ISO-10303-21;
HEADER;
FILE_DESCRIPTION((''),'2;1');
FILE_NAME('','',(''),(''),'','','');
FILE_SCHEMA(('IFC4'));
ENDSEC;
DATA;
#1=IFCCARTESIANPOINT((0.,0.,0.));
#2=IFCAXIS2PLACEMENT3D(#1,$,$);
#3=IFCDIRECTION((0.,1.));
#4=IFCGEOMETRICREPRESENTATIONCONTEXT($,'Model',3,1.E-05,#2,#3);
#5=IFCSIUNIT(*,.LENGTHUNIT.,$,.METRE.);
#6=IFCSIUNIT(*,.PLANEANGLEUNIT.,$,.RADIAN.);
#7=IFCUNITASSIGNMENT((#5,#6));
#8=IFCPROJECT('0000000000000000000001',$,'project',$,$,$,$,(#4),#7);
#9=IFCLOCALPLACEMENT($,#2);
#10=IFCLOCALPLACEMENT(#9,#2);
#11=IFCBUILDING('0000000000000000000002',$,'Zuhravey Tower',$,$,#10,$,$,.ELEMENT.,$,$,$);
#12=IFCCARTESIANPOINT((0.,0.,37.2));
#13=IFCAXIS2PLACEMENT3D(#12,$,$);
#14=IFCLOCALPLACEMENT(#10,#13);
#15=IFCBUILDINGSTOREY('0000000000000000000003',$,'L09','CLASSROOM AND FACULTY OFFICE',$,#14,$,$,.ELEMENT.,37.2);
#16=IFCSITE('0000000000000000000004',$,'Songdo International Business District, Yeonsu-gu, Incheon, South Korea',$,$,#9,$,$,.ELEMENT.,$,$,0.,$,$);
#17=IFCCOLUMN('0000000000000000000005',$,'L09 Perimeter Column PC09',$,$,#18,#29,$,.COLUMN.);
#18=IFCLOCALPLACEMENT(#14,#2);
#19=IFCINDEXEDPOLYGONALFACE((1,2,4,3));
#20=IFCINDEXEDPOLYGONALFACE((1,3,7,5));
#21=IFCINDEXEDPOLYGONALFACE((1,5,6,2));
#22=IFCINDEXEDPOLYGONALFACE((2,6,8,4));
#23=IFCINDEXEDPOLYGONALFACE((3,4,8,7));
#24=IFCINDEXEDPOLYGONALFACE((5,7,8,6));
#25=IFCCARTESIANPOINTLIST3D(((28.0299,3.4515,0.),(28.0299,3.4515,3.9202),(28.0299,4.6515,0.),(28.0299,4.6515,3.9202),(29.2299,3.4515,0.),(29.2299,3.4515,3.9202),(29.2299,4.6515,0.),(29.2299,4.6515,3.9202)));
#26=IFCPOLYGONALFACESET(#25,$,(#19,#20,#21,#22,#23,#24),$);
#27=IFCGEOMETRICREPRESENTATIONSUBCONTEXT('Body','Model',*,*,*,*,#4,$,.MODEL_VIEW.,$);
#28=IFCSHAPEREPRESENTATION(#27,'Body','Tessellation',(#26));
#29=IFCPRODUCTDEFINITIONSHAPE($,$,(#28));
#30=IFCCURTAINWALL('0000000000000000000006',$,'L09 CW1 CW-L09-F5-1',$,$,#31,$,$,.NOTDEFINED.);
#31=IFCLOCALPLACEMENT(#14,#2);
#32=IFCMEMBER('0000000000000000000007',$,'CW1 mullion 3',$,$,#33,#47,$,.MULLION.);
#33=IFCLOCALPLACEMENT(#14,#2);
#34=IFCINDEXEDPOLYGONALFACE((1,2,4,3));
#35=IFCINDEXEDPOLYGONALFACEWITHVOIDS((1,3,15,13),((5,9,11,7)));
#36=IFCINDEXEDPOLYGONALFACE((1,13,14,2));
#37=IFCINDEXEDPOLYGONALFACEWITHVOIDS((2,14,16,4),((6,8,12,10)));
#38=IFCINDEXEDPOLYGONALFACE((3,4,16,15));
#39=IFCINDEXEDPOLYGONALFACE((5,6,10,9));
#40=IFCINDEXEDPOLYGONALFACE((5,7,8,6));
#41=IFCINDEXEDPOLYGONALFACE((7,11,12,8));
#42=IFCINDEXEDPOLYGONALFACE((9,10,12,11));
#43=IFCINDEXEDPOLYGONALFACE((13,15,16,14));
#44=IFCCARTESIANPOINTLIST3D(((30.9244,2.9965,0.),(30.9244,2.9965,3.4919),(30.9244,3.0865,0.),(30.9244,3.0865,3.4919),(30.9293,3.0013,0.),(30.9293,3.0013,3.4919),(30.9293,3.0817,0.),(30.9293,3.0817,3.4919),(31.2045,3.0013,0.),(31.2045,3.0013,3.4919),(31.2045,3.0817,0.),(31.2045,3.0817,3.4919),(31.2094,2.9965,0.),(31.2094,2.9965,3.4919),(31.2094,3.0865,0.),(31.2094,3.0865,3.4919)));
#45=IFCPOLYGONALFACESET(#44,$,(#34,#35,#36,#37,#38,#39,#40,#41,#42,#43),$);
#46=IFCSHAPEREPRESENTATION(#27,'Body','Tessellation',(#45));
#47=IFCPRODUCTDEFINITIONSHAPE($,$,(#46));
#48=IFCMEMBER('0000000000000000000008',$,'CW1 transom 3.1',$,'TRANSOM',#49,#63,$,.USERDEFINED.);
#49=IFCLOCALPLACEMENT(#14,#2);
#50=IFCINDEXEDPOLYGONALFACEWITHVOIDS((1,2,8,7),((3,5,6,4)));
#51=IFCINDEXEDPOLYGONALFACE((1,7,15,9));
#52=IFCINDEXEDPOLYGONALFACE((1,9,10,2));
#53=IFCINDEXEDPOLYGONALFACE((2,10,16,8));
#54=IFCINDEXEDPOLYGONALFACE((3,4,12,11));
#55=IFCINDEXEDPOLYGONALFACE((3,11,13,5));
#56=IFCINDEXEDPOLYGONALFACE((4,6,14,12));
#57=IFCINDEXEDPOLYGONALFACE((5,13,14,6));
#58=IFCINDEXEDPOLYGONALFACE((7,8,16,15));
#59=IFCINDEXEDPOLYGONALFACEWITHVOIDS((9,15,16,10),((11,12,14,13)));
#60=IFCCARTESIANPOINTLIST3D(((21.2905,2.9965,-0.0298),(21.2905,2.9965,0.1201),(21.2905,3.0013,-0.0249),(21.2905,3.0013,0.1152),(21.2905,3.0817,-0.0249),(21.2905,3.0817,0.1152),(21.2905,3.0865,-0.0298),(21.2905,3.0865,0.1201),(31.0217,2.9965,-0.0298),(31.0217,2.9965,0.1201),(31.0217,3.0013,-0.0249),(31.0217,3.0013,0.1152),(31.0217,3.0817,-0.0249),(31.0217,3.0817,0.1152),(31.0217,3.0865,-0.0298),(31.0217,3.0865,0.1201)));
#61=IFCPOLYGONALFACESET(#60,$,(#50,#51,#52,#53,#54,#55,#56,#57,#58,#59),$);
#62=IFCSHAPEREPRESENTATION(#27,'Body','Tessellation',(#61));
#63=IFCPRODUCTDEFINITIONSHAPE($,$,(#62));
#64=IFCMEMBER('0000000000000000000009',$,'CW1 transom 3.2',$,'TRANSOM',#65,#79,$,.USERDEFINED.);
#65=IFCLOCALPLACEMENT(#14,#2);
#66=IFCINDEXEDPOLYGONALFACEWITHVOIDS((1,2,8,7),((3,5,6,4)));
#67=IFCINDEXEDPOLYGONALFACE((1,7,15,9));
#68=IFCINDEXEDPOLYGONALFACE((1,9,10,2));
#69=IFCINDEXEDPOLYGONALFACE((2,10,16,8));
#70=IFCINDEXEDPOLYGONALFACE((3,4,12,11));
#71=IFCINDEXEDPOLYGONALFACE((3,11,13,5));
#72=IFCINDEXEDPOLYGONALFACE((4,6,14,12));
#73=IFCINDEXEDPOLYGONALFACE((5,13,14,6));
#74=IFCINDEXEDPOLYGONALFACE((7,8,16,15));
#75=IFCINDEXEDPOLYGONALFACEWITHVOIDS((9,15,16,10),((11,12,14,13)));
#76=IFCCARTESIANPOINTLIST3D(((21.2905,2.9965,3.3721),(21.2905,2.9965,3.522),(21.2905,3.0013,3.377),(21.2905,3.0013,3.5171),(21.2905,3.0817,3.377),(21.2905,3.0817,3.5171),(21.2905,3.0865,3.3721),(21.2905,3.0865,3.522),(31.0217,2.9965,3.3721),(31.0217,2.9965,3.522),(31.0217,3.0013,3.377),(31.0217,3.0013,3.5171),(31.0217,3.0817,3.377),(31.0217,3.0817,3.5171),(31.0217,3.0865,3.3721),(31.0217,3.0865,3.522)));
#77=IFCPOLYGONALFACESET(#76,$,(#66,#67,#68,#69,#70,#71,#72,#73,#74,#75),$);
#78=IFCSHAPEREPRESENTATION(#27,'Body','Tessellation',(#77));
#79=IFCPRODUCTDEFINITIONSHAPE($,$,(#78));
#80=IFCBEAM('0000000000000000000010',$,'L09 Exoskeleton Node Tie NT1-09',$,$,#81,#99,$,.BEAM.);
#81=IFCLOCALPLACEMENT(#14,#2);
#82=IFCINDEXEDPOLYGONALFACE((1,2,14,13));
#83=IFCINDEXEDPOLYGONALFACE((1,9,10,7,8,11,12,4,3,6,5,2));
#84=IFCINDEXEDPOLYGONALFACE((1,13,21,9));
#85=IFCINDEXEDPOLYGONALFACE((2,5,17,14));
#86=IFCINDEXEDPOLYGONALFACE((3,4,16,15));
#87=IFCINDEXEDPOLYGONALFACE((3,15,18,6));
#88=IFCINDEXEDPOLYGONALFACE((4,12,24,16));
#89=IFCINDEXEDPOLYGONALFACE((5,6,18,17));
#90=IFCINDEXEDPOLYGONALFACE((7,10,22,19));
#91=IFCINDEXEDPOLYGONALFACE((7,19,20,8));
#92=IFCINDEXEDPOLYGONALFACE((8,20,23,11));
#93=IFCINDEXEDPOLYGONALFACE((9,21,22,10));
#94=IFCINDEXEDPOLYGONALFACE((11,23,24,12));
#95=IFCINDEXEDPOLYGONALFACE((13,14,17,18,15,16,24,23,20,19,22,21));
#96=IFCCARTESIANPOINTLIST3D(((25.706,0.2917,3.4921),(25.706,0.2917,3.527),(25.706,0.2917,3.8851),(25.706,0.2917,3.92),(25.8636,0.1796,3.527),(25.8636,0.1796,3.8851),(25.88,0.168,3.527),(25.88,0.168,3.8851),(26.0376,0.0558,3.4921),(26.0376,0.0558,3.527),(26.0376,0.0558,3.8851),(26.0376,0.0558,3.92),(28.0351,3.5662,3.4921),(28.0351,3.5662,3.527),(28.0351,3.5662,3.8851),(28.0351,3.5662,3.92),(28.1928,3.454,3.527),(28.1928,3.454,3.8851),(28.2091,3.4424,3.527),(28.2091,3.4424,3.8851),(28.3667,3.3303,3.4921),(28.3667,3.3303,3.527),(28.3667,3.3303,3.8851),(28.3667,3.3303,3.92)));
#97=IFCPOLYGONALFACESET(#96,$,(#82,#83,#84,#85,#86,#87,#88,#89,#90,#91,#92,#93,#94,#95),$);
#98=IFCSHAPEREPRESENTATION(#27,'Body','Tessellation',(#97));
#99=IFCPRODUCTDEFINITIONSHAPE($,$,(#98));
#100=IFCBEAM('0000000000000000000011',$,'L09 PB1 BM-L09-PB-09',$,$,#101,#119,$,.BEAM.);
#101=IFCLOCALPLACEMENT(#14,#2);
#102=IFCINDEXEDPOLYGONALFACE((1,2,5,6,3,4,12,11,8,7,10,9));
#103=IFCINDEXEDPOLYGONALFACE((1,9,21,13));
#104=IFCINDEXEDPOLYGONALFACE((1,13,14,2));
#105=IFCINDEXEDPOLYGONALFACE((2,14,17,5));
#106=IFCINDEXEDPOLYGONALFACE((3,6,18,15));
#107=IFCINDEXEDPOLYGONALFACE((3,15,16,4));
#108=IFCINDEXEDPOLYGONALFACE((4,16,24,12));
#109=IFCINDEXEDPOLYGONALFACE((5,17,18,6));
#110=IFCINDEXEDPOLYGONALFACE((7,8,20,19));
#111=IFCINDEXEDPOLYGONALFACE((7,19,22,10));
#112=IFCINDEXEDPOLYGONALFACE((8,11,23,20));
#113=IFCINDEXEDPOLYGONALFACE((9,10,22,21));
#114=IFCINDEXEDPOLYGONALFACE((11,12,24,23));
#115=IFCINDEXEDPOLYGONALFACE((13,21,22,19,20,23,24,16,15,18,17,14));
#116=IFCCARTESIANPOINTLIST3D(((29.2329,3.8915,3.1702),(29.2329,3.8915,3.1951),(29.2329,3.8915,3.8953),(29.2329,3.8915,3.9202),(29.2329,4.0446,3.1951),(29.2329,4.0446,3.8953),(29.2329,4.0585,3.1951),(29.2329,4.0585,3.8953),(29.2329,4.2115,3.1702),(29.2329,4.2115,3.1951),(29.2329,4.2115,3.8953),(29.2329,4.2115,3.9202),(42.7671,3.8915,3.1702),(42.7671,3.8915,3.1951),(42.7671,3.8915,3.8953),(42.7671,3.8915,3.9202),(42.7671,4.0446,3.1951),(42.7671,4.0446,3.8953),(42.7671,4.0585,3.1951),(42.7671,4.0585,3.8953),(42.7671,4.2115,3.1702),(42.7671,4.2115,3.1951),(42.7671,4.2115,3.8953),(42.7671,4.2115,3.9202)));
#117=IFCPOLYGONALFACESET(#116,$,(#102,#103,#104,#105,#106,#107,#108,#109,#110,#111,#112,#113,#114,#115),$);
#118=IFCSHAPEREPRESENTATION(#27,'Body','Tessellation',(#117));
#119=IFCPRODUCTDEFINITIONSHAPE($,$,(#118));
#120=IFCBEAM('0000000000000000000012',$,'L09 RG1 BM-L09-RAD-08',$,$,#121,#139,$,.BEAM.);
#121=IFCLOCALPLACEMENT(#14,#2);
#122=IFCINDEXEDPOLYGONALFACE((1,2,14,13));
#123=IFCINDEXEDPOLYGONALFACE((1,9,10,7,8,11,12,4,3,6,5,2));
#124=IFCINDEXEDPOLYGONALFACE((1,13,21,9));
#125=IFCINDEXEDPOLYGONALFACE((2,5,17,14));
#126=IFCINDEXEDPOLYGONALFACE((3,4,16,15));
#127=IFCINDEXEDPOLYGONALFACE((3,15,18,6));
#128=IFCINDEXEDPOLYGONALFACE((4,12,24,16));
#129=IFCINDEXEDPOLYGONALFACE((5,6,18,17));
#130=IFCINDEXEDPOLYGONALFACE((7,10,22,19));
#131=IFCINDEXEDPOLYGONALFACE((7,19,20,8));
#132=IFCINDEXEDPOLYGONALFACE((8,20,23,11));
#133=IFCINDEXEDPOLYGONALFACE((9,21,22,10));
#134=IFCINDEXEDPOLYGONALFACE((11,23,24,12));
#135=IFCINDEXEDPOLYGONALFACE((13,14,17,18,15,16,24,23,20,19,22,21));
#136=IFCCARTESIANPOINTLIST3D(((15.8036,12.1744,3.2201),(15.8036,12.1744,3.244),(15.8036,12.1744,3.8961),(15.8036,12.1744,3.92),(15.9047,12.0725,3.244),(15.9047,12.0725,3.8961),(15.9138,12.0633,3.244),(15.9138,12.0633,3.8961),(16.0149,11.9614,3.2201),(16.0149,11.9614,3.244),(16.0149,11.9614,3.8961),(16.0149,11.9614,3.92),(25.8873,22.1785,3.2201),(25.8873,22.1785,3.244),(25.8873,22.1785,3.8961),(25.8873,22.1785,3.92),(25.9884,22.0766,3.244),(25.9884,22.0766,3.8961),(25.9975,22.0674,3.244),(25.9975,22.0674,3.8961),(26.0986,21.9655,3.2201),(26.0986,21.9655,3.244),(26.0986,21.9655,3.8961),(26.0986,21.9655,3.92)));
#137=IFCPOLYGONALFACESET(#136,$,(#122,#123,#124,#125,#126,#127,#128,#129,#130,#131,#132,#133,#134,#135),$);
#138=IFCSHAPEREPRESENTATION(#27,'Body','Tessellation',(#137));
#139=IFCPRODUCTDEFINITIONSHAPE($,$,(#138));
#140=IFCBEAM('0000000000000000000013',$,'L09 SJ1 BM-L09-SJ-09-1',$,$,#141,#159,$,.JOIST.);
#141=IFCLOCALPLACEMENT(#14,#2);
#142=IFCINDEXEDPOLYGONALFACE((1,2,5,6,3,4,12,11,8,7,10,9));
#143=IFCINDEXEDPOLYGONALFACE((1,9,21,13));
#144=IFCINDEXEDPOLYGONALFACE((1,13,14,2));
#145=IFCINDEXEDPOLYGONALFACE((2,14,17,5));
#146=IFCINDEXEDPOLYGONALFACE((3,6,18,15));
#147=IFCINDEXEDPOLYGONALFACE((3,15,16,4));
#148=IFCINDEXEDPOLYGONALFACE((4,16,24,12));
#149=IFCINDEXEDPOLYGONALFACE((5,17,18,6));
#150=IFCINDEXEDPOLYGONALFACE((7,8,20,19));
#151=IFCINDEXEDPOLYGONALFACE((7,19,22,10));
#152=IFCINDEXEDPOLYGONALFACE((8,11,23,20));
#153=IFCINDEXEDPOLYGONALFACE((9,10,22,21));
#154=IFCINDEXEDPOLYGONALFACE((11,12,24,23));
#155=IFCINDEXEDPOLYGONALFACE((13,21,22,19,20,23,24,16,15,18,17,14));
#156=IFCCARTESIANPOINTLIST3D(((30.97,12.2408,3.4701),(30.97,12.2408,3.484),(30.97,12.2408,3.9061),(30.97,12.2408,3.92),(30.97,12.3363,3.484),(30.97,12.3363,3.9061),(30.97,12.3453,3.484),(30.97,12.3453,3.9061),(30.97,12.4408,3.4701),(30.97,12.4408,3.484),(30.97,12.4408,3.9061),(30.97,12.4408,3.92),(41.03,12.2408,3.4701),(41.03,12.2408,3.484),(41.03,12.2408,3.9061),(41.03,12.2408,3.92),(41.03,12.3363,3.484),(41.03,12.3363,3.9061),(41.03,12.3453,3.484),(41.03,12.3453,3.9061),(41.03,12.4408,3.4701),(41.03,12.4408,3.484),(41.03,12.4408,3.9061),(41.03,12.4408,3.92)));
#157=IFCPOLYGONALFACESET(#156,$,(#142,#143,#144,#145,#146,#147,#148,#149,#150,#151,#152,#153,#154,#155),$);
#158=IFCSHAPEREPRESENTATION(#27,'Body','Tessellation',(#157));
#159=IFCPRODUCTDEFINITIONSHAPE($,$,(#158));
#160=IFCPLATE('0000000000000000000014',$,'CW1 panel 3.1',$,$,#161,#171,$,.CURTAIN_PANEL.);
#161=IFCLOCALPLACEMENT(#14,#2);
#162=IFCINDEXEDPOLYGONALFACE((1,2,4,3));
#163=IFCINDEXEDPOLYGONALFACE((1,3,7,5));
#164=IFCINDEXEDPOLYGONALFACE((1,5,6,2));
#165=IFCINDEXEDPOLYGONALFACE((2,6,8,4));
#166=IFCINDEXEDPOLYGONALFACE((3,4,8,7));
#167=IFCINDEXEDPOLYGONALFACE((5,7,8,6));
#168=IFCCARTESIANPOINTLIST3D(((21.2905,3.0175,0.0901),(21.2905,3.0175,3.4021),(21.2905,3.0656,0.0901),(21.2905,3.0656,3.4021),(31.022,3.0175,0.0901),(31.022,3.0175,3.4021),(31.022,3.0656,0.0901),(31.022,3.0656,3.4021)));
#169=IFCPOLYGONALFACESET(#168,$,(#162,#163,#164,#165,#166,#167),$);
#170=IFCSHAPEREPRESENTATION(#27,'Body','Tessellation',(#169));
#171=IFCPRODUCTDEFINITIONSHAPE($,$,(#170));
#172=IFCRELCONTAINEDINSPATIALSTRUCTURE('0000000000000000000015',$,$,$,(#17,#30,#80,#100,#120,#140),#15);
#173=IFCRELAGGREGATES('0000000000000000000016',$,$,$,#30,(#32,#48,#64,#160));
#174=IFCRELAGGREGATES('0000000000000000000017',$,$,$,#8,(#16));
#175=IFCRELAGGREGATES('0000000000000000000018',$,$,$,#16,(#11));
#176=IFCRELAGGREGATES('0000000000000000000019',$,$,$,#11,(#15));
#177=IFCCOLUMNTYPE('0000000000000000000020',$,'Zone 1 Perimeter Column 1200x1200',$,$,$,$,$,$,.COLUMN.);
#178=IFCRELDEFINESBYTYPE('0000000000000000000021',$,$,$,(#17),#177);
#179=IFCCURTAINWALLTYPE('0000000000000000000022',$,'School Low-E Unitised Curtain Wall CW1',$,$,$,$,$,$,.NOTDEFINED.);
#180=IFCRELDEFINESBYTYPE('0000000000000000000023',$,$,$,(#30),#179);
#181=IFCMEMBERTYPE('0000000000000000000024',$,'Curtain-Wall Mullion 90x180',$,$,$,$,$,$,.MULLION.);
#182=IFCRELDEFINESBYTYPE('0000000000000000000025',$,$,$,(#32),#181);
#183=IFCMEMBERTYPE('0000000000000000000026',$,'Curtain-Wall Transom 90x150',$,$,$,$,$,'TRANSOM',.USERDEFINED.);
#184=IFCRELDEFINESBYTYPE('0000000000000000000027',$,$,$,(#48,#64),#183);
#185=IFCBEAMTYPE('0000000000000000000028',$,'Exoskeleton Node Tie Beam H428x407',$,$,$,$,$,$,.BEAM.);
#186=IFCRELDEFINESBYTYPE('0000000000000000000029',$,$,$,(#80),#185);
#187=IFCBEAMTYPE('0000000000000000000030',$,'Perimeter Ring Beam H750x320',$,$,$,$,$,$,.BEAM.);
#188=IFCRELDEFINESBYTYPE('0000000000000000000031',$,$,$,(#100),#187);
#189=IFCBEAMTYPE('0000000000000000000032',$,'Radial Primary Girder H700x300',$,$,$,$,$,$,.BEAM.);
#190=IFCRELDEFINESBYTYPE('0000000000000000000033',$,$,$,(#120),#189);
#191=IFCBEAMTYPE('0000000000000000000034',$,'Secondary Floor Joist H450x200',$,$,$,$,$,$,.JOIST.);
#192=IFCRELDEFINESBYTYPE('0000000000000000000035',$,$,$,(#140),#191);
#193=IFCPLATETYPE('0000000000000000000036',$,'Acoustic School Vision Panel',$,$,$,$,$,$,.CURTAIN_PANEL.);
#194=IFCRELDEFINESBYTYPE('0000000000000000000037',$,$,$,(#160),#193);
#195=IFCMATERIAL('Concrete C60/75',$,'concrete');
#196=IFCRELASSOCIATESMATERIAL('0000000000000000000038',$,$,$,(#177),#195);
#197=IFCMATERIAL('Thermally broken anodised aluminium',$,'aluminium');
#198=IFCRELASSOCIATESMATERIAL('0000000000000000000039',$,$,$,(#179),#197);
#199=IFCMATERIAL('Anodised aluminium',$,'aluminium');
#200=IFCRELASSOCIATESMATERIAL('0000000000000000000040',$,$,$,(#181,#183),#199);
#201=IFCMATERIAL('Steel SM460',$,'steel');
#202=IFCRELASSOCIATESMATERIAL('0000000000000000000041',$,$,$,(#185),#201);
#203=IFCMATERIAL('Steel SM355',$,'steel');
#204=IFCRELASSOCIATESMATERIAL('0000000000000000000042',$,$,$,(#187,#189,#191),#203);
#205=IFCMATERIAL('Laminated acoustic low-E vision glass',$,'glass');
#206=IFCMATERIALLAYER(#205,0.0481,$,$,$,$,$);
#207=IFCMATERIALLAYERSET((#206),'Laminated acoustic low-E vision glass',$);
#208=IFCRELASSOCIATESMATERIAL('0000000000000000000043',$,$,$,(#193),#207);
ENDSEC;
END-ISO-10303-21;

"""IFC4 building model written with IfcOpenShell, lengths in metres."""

from ifc_helpers import new_model, si_unit, direction, frame, origin, origin_2d, place, context, subcontext, project, spatial, rectangle, hollow_rectangle, i_section, extrude, material, layer, layer_set, material_profile, profile_set, type_object, element, aggregate, save


model = new_model("IFC4")

# Units and contexts
model_context = context("Model", 3, precision=1e-05, world=origin(), true_north=direction((0.0, 1.0)))
body_context = subcontext(model_context, "Body", "Model", "MODEL_VIEW")
ifc_project = project(units=[si_unit("LENGTHUNIT", "METRE"), si_unit("PLANEANGLEUNIT", "RADIAN")], contexts=[model_context])

# Site, building, storey
site_placement = place(None, origin())
site = spatial("IfcSite", under=ifc_project, at=site_placement, Name="Songdo International Business District, Yeonsu-gu, Incheon, South Korea", CompositionType="ELEMENT", RefElevation=0.0)
building_placement = place(site_placement, origin())
building = spatial("IfcBuilding", under=site, at=building_placement, Name="Zuhravey Tower", CompositionType="ELEMENT")
storey_placement = place(building_placement, frame((0.0, 0.0, 37.2)))
storey = spatial("IfcBuildingStorey", under=building, at=storey_placement, Name="L09", Description="CLASSROOM AND FACULTY OFFICE", CompositionType="ELEMENT", Elevation=37.2)

# Column
ifc_material_1 = material(Name="Concrete C60/75", Category="concrete")
ifc_material_profile_1 = material_profile(ifc_material_1, rectangle(XDim=1.2, YDim=1.2, at=origin_2d()), Name="RC-1200x1200")
ifc_profile_set_1 = profile_set([ifc_material_profile_1], Name="Concrete C60/75")
column_type = type_object("IfcColumnType", Name="Zone 1 Perimeter Column 1200x1200", PredefinedType="COLUMN", material=ifc_profile_set_1)
column_placement = place(storey_placement, frame((28.6299, 4.0515, 0.0), z_axis=(0.0, 0.0, 1.0), x_axis=(1.0, 0.0, 0.0)))
element("IfcColumn", 1, at=column_placement, inside=storey, type_object=column_type, Name="L09 Perimeter Column PC09", PredefinedType="COLUMN", context=body_context, shape_type="SweptSolid", body=[
    extrude(rectangle(XDim=1.2, YDim=1.2, at=origin_2d()), origin(), (0.0, 0.0, 1.0), 3.9202),
])

# Curtain wall, members
ifc_material_2 = material(Name="Thermally broken anodised aluminium", Category="aluminium")
curtain_wall_type = type_object("IfcCurtainWallType", Name="School Low-E Unitised Curtain Wall CW1", PredefinedType="NOTDEFINED", material=ifc_material_2)
curtain_wall_placement = place(storey_placement, origin())
curtain_wall = element("IfcCurtainWall", 2, at=curtain_wall_placement, inside=storey, type_object=curtain_wall_type, Name="L09 CW1 CW-L09-F5-1", PredefinedType="NOTDEFINED")
ifc_material_3 = material(Name="Anodised aluminium", Category="aluminium")
ifc_material_profile_2 = material_profile(ifc_material_3, hollow_rectangle(XDim=0.0901, YDim=0.2849, WallThickness=0.0049, at=origin_2d()), Name="ALU-RHS-90x285x5")
ifc_profile_set_2 = profile_set([ifc_material_profile_2], Name="Anodised aluminium")
member_type_1 = type_object("IfcMemberType", Name="Curtain-Wall Mullion 90x180", PredefinedType="MULLION", material=ifc_profile_set_2)
member_1_placement = place(storey_placement, frame((31.0669, 3.0415, 0.0), z_axis=(0.0, 0.0, 1.0), x_axis=(0.0, -1.0, 0.0)))
member_1 = element("IfcMember", 3, at=member_1_placement, type_object=member_type_1, Name="CW1 mullion 3", PredefinedType="MULLION", context=body_context, shape_type="SweptSolid", body=[
    extrude(hollow_rectangle(XDim=0.0901, YDim=0.2849, WallThickness=0.0049, at=origin_2d()), origin(), (0.0, 0.0, 1.0), 3.4919),
])
ifc_material_profile_3 = material_profile(ifc_material_3, hollow_rectangle(XDim=0.0901, YDim=0.1499, WallThickness=0.0049, at=origin_2d()), Name="ALU-RHS-90x150x5")
ifc_profile_set_3 = profile_set([ifc_material_profile_3], Name="Anodised aluminium")
member_type_2 = type_object("IfcMemberType", Name="Curtain-Wall Transom 90x150", ElementType="TRANSOM", PredefinedType="USERDEFINED", material=ifc_profile_set_3)
member_2_placement = place(storey_placement, frame((31.0217, 3.0415, 0.0452), z_axis=(-1.0, 0.0, 0.0), x_axis=(0.0, -1.0, 0.0)))
member_2 = element("IfcMember", 4, at=member_2_placement, type_object=member_type_2, Name="CW1 transom 3.1", ObjectType="TRANSOM", PredefinedType="USERDEFINED", context=body_context, shape_type="SweptSolid", body=[
    extrude(hollow_rectangle(XDim=0.0901, YDim=0.1499, WallThickness=0.0049, at=origin_2d()), origin(), (0.0, 0.0, 1.0), 9.7312),
])
member_3_placement = place(storey_placement, frame((31.0217, 3.0415, 3.447), z_axis=(-1.0, 0.0, 0.0), x_axis=(0.0, -1.0, 0.0)))
member_3 = element("IfcMember", 5, at=member_3_placement, type_object=member_type_2, Name="CW1 transom 3.2", ObjectType="TRANSOM", PredefinedType="USERDEFINED", context=body_context, shape_type="SweptSolid", body=[
    extrude(hollow_rectangle(XDim=0.0901, YDim=0.1499, WallThickness=0.0049, at=origin_2d()), origin(), (0.0, 0.0, 1.0), 9.7312),
])

# Beams
ifc_material_4 = material(Name="Steel SM460", Category="steel")
ifc_material_profile_4 = material_profile(ifc_material_4, i_section(OverallWidth=0.407, OverallDepth=0.428, WebThickness=0.02, FlangeThickness=0.0349, at=origin_2d()), Name="H-428x407x20x35")
ifc_profile_set_4 = profile_set([ifc_material_profile_4], Name="Steel SM460")
beam_type_1 = type_object("IfcBeamType", Name="Exoskeleton Node Tie Beam H428x407", PredefinedType="BEAM", material=ifc_profile_set_4)
beam_1_placement = place(storey_placement, frame((28.2009, 3.4482, 3.7061), z_axis=(-0.579628, -0.814881, 0.0), x_axis=(0.814881, -0.579628, 0.0)))
element("IfcBeam", 6, at=beam_1_placement, inside=storey, type_object=beam_type_1, Name="L09 Exoskeleton Node Tie NT1-09", PredefinedType="BEAM", context=body_context, shape_type="SweptSolid", body=[
    extrude(i_section(OverallWidth=0.407, OverallDepth=0.428, WebThickness=0.02, FlangeThickness=0.0349, at=origin_2d()), origin(), (0.0, 0.0, 1.0), 4.0183),
])
ifc_material_5 = material(Name="Steel SM355", Category="steel")
ifc_material_profile_5 = material_profile(ifc_material_5, i_section(OverallWidth=0.3201, OverallDepth=0.75, WebThickness=0.0139, FlangeThickness=0.0249, at=origin_2d()), Name="H-750x320x14x25")
ifc_profile_set_5 = profile_set([ifc_material_profile_5], Name="Steel SM355")
beam_type_2 = type_object("IfcBeamType", Name="Perimeter Ring Beam H750x320", PredefinedType="BEAM", material=ifc_profile_set_5)
beam_2_placement = place(storey_placement, frame((29.2329, 4.0515, 3.5452), z_axis=(1.0, 0.0, 0.0), x_axis=(0.0, 1.0, 0.0)))
element("IfcBeam", 7, at=beam_2_placement, inside=storey, type_object=beam_type_2, Name="L09 PB1 BM-L09-PB-09", PredefinedType="BEAM", context=body_context, shape_type="SweptSolid", body=[
    extrude(i_section(OverallWidth=0.3201, OverallDepth=0.75, WebThickness=0.0139, FlangeThickness=0.0249, at=origin_2d()), origin(), (0.0, 0.0, 1.0), 13.5342),
])
ifc_material_profile_6 = material_profile(ifc_material_5, i_section(OverallWidth=0.3, OverallDepth=0.7, WebThickness=0.0129, FlangeThickness=0.0239, at=origin_2d()), Name="H-700x300x13x24")
ifc_profile_set_6 = profile_set([ifc_material_profile_6], Name="Steel SM355")
beam_type_3 = type_object("IfcBeamType", Name="Radial Primary Girder H700x300", PredefinedType="BEAM", material=ifc_profile_set_6)
beam_3_placement = place(storey_placement, frame((25.9929, 22.072, 3.5701), z_axis=(-0.709903, -0.7043, 0.0), x_axis=(0.7043, -0.709903, 0.0)))
element("IfcBeam", 8, at=beam_3_placement, inside=storey, type_object=beam_type_3, Name="L09 RG1 BM-L09-RAD-08", PredefinedType="BEAM", context=body_context, shape_type="SweptSolid", body=[
    extrude(i_section(OverallWidth=0.3, OverallDepth=0.7, WebThickness=0.0129, FlangeThickness=0.0239, at=origin_2d()), origin(), (0.0, 0.0, 1.0), 14.2043),
])
ifc_material_profile_7 = material_profile(ifc_material_5, i_section(OverallWidth=0.2, OverallDepth=0.45, WebThickness=0.009, FlangeThickness=0.0139, at=origin_2d()), Name="H-450x200x9x14")
ifc_profile_set_7 = profile_set([ifc_material_profile_7], Name="Steel SM355")
beam_type_4 = type_object("IfcBeamType", Name="Secondary Floor Joist H450x200", PredefinedType="JOIST", material=ifc_profile_set_7)
beam_4_placement = place(storey_placement, frame((30.97, 12.3408, 3.6951), z_axis=(1.0, 0.0, 0.0), x_axis=(0.0, 1.0, 0.0)))
element("IfcBeam", 9, at=beam_4_placement, inside=storey, type_object=beam_type_4, Name="L09 SJ1 BM-L09-SJ-09-1", PredefinedType="JOIST", context=body_context, shape_type="SweptSolid", body=[
    extrude(i_section(OverallWidth=0.2, OverallDepth=0.45, WebThickness=0.009, FlangeThickness=0.0139, at=origin_2d()), origin(), (0.0, 0.0, 1.0), 10.0601),
])

# Plate
ifc_material_6 = material(Name="Laminated acoustic low-E vision glass", Category="glass")
ifc_layer_1 = layer(ifc_material_6, 0.0481)
ifc_layer_set_1 = layer_set([ifc_layer_1], Name="Laminated acoustic low-E vision glass")
plate_type = type_object("IfcPlateType", Name="Acoustic School Vision Panel", PredefinedType="CURTAIN_PANEL", material=ifc_layer_set_1)
plate_placement = place(storey_placement, frame((26.1562, 3.0415, 0.0901), z_axis=(0.0, 0.0, 1.0), x_axis=(-1.0, 0.0, 0.0)))
plate = element("IfcPlate", 10, at=plate_placement, type_object=plate_type, Name="CW1 panel 3.1", PredefinedType="CURTAIN_PANEL", context=body_context, shape_type="SweptSolid", body=[
    extrude(rectangle(XDim=9.7314, YDim=0.0481, at=origin_2d()), origin(), (0.0, 0.0, 1.0), 3.312),
])
aggregate(curtain_wall, [member_1, member_2, member_3, plate])

save(model, "model.ifc")
